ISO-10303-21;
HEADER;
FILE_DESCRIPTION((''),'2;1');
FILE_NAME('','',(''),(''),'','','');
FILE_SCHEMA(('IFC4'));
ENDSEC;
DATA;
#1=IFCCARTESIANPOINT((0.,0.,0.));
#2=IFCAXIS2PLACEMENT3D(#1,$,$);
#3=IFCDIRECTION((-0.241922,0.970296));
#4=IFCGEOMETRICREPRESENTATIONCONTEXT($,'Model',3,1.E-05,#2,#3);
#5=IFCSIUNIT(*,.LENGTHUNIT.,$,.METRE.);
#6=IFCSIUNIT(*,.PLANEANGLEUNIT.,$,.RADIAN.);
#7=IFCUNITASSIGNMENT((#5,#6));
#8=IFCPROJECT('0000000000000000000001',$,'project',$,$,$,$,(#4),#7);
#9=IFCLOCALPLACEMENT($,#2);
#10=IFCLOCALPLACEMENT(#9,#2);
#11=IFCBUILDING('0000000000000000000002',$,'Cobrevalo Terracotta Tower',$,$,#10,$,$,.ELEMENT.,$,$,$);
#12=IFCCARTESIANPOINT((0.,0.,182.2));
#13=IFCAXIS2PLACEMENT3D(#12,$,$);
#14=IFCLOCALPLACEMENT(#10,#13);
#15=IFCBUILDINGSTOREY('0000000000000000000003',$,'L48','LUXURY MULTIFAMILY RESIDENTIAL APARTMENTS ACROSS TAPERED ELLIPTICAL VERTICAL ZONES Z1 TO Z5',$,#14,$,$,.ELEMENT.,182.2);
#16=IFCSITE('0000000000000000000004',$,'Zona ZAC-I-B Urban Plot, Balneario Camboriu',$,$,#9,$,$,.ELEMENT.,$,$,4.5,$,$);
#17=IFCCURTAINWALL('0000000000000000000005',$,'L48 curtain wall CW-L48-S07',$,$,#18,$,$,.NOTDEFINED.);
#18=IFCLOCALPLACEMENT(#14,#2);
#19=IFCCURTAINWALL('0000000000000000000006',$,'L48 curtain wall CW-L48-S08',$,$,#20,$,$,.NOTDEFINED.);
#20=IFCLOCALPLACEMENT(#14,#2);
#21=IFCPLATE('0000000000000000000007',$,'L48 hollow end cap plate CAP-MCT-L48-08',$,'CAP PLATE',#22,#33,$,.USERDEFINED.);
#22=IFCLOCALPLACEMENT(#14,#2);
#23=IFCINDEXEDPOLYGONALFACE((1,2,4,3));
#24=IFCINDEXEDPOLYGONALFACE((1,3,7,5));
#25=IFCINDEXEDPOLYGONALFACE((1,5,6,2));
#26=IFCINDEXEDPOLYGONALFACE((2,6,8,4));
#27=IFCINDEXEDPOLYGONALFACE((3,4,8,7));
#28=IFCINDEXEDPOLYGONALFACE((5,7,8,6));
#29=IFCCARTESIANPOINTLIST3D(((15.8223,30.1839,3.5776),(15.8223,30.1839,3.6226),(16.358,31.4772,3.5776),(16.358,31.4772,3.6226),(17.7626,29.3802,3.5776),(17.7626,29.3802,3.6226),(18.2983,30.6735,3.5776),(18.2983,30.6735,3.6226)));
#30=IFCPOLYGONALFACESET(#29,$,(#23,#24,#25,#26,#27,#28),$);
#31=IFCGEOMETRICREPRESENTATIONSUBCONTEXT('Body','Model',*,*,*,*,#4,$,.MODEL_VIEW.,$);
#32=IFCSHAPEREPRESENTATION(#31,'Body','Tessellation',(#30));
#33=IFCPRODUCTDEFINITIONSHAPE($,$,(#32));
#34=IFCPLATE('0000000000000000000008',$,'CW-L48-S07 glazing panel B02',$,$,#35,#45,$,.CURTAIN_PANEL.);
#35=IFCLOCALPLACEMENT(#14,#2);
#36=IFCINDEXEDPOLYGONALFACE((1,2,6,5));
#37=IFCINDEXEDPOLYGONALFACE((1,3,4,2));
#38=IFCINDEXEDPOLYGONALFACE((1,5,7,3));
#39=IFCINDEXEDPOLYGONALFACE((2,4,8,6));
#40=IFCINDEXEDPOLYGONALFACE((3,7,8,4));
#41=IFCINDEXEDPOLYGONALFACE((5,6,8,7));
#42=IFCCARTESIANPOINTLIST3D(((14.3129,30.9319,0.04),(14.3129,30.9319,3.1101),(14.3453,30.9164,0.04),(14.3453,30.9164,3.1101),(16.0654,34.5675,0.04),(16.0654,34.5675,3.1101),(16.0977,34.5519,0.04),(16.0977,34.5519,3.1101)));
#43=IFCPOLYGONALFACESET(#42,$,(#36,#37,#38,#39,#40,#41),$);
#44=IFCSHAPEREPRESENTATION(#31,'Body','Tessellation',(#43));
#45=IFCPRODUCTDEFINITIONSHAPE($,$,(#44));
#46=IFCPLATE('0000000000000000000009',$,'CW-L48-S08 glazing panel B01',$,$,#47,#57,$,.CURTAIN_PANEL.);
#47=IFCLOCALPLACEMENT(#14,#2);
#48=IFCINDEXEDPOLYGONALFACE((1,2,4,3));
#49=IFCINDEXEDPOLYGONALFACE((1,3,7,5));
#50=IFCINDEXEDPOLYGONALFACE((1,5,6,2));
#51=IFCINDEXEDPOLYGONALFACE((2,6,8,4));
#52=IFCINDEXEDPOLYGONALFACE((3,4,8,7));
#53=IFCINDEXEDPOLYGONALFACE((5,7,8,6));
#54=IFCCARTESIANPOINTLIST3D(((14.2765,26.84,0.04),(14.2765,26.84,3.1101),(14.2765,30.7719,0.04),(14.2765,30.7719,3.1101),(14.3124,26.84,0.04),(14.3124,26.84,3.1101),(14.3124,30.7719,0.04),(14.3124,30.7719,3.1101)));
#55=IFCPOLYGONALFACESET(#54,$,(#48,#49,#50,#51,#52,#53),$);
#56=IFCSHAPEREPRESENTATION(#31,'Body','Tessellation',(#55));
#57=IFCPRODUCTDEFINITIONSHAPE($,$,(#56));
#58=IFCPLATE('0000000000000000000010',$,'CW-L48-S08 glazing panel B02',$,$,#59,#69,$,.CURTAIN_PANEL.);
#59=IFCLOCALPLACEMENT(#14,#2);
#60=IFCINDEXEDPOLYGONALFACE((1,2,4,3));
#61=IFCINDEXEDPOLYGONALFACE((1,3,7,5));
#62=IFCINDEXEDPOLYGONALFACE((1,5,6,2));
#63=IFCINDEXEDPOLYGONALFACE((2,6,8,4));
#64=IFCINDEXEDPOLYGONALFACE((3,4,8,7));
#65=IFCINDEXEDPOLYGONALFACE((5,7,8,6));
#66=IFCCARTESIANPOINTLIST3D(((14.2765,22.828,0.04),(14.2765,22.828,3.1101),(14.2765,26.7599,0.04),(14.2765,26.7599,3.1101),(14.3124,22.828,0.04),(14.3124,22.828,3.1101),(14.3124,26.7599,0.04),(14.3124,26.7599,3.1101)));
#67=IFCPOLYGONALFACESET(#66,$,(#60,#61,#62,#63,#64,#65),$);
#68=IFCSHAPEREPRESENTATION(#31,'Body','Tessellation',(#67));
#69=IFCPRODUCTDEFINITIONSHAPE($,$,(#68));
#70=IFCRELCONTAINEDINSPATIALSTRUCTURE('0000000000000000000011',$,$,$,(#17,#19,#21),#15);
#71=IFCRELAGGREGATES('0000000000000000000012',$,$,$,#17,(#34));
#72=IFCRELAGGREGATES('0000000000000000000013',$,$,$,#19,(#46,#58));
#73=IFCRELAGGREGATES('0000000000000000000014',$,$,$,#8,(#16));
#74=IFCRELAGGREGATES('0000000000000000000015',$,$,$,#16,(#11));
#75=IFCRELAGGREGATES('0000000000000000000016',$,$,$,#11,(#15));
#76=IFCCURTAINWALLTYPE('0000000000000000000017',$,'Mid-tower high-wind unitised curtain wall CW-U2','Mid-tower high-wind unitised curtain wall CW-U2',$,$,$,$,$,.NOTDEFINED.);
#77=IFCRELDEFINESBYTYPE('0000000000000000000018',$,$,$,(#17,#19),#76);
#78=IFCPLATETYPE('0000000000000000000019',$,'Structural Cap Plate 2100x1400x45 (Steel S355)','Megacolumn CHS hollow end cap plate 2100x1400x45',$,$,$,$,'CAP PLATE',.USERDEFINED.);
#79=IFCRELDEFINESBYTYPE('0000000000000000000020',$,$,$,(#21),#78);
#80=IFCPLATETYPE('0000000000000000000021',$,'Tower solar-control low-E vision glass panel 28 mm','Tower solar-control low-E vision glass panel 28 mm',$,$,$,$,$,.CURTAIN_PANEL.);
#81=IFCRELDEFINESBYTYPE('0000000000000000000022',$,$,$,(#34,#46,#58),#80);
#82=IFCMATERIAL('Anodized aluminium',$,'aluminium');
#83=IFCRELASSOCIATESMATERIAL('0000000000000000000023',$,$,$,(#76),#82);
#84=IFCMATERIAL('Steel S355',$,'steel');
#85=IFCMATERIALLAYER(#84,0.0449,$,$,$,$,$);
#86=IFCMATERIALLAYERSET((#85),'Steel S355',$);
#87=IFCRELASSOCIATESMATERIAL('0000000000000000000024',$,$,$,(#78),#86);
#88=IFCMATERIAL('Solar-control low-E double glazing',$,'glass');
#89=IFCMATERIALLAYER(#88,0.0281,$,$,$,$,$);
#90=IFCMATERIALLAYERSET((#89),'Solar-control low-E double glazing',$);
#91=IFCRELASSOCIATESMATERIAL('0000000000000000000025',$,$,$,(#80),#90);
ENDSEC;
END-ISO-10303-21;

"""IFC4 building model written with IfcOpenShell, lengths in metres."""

from ifc_helpers import new_model, si_unit, direction, frame, origin, origin_2d, place, context, subcontext, project, spatial, rectangle, extrude, source, transform, mapped, material, layer, layer_set, type_object, element, aggregate, save


model = new_model("IFC4")

# Units and contexts
model_context = context("Model", 3, precision=1e-05, world=origin(), true_north=direction((-0.241922, 0.970296)))
body_context = subcontext(model_context, "Body", "Model", "MODEL_VIEW")
ifc_project = project(units=[si_unit("LENGTHUNIT", "METRE"), si_unit("PLANEANGLEUNIT", "RADIAN")], contexts=[model_context])

# Site, building, storey
site_placement = place(None, origin())
site = spatial("IfcSite", under=ifc_project, at=site_placement, Name="Zona ZAC-I-B Urban Plot, Balneario Camboriu", CompositionType="ELEMENT", RefElevation=4.5)
building_placement = place(site_placement, origin())
building = spatial("IfcBuilding", under=site, at=building_placement, Name="Cobrevalo Terracotta Tower", CompositionType="ELEMENT")
storey_placement = place(building_placement, frame((0.0, 0.0, 182.2)))
storey = spatial("IfcBuildingStorey", under=building, at=storey_placement, Name="L48", Description="LUXURY MULTIFAMILY RESIDENTIAL APARTMENTS ACROSS TAPERED ELLIPTICAL VERTICAL ZONES Z1 TO Z5", CompositionType="ELEMENT", Elevation=182.2)

# Shared definitions
ifc_material_1 = material(Name="Steel S355", Category="steel")

# Curtain walls
ifc_material_2 = material(Name="Anodized aluminium", Category="aluminium")
curtain_wall_type = type_object("IfcCurtainWallType", Name="Mid-tower high-wind unitised curtain wall CW-U2", Description="Mid-tower high-wind unitised curtain wall CW-U2", PredefinedType="NOTDEFINED", material=ifc_material_2)
curtain_wall_1_placement = place(storey_placement, origin())
curtain_wall_1 = element("IfcCurtainWall", 1, at=curtain_wall_1_placement, inside=storey, type_object=curtain_wall_type, Name="L48 curtain wall CW-L48-S07", PredefinedType="NOTDEFINED")
curtain_wall_2_placement = place(storey_placement, origin())
curtain_wall_2 = element("IfcCurtainWall", 2, at=curtain_wall_2_placement, inside=storey, type_object=curtain_wall_type, Name="L48 curtain wall CW-L48-S08", PredefinedType="NOTDEFINED")

# Plates
ifc_layer_1 = layer(ifc_material_1, 0.0449)
ifc_layer_set_1 = layer_set([ifc_layer_1], Name="Steel S355")
plate_type_1 = type_object("IfcPlateType", Name="Structural Cap Plate 2100x1400x45 (Steel S355)", Description="Megacolumn CHS hollow end cap plate 2100x1400x45", ElementType="CAP PLATE", PredefinedType="USERDEFINED", material=ifc_layer_set_1)
shared_shape_1 = source(origin(), body_context, "Body", "SweptSolid", [
    extrude(rectangle(XDim=2.1001, YDim=1.3999, at=origin_2d()), origin(), (0.0, 0.0, 1.0), 0.0449),
])
plate_1_placement = place(storey_placement, frame((17.0603, 30.4287, 3.5776), z_axis=(0.0, 0.0, 1.0), x_axis=(-0.92388, 0.382683, 0.0)))
element("IfcPlate", 3, at=plate_1_placement, inside=storey, type_object=plate_type_1, Name="L48 hollow end cap plate CAP-MCT-L48-08", ObjectType="CAP PLATE", PredefinedType="USERDEFINED", context=body_context, shape_type="MappedRepresentation", body=[
    mapped(shared_shape_1, transform((0.0, 0.0, 0.0), scale=1.0)),
])
ifc_material_3 = material(Name="Solar-control low-E double glazing", Category="glass")
ifc_layer_2 = layer(ifc_material_3, 0.0281)
ifc_layer_set_2 = layer_set([ifc_layer_2], Name="Solar-control low-E double glazing")
plate_type_2 = type_object("IfcPlateType", Name="Tower solar-control low-E vision glass panel 28 mm", Description="Tower solar-control low-E vision glass panel 28 mm", PredefinedType="CURTAIN_PANEL", material=ifc_layer_set_2)
shared_shape_2 = source(origin(), body_context, "Body", "SweptSolid", [
    extrude(rectangle(XDim=4.0359, YDim=0.0359, at=origin_2d()), origin(), (0.0, 0.0, 1.0), 3.0701),
])
plate_2_placement = place(storey_placement, frame((15.2053, 32.7419, 0.04), z_axis=(0.0, 0.0, 1.0), x_axis=(-0.434209, -0.900812, 0.0)))
plate_2 = element("IfcPlate", 4, at=plate_2_placement, type_object=plate_type_2, Name="CW-L48-S07 glazing panel B02", PredefinedType="CURTAIN_PANEL", context=body_context, shape_type="MappedRepresentation", body=[
    mapped(shared_shape_2, transform((0.0, 0.0, 0.0), scale=1.0)),
])
aggregate(curtain_wall_1, [plate_2])
shared_shape_3 = source(origin(), body_context, "Body", "SweptSolid", [
    extrude(rectangle(XDim=3.9319, YDim=0.0359, at=origin_2d()), origin(), (0.0, 0.0, 1.0), 3.0701),
])
plate_3_placement = place(storey_placement, frame((14.2944, 28.8059, 0.04), z_axis=(0.0, 0.0, 1.0), x_axis=(0.0, -1.0, 0.0)))
plate_3 = element("IfcPlate", 5, at=plate_3_placement, type_object=plate_type_2, Name="CW-L48-S08 glazing panel B01", PredefinedType="CURTAIN_PANEL", context=body_context, shape_type="MappedRepresentation", body=[
    mapped(shared_shape_3, transform((0.0, 0.0, 0.0), scale=1.0)),
])
plate_4_placement = place(storey_placement, frame((14.2944, 24.7939, 0.04), z_axis=(0.0, 0.0, 1.0), x_axis=(0.0, -1.0, 0.0)))
plate_4 = element("IfcPlate", 6, at=plate_4_placement, type_object=plate_type_2, Name="CW-L48-S08 glazing panel B02", PredefinedType="CURTAIN_PANEL", context=body_context, shape_type="MappedRepresentation", body=[
    mapped(shared_shape_3, transform((0.0, 0.0, 0.0), scale=1.0)),
])
aggregate(curtain_wall_2, [plate_3, plate_4])

save(model, "model.ifc")
